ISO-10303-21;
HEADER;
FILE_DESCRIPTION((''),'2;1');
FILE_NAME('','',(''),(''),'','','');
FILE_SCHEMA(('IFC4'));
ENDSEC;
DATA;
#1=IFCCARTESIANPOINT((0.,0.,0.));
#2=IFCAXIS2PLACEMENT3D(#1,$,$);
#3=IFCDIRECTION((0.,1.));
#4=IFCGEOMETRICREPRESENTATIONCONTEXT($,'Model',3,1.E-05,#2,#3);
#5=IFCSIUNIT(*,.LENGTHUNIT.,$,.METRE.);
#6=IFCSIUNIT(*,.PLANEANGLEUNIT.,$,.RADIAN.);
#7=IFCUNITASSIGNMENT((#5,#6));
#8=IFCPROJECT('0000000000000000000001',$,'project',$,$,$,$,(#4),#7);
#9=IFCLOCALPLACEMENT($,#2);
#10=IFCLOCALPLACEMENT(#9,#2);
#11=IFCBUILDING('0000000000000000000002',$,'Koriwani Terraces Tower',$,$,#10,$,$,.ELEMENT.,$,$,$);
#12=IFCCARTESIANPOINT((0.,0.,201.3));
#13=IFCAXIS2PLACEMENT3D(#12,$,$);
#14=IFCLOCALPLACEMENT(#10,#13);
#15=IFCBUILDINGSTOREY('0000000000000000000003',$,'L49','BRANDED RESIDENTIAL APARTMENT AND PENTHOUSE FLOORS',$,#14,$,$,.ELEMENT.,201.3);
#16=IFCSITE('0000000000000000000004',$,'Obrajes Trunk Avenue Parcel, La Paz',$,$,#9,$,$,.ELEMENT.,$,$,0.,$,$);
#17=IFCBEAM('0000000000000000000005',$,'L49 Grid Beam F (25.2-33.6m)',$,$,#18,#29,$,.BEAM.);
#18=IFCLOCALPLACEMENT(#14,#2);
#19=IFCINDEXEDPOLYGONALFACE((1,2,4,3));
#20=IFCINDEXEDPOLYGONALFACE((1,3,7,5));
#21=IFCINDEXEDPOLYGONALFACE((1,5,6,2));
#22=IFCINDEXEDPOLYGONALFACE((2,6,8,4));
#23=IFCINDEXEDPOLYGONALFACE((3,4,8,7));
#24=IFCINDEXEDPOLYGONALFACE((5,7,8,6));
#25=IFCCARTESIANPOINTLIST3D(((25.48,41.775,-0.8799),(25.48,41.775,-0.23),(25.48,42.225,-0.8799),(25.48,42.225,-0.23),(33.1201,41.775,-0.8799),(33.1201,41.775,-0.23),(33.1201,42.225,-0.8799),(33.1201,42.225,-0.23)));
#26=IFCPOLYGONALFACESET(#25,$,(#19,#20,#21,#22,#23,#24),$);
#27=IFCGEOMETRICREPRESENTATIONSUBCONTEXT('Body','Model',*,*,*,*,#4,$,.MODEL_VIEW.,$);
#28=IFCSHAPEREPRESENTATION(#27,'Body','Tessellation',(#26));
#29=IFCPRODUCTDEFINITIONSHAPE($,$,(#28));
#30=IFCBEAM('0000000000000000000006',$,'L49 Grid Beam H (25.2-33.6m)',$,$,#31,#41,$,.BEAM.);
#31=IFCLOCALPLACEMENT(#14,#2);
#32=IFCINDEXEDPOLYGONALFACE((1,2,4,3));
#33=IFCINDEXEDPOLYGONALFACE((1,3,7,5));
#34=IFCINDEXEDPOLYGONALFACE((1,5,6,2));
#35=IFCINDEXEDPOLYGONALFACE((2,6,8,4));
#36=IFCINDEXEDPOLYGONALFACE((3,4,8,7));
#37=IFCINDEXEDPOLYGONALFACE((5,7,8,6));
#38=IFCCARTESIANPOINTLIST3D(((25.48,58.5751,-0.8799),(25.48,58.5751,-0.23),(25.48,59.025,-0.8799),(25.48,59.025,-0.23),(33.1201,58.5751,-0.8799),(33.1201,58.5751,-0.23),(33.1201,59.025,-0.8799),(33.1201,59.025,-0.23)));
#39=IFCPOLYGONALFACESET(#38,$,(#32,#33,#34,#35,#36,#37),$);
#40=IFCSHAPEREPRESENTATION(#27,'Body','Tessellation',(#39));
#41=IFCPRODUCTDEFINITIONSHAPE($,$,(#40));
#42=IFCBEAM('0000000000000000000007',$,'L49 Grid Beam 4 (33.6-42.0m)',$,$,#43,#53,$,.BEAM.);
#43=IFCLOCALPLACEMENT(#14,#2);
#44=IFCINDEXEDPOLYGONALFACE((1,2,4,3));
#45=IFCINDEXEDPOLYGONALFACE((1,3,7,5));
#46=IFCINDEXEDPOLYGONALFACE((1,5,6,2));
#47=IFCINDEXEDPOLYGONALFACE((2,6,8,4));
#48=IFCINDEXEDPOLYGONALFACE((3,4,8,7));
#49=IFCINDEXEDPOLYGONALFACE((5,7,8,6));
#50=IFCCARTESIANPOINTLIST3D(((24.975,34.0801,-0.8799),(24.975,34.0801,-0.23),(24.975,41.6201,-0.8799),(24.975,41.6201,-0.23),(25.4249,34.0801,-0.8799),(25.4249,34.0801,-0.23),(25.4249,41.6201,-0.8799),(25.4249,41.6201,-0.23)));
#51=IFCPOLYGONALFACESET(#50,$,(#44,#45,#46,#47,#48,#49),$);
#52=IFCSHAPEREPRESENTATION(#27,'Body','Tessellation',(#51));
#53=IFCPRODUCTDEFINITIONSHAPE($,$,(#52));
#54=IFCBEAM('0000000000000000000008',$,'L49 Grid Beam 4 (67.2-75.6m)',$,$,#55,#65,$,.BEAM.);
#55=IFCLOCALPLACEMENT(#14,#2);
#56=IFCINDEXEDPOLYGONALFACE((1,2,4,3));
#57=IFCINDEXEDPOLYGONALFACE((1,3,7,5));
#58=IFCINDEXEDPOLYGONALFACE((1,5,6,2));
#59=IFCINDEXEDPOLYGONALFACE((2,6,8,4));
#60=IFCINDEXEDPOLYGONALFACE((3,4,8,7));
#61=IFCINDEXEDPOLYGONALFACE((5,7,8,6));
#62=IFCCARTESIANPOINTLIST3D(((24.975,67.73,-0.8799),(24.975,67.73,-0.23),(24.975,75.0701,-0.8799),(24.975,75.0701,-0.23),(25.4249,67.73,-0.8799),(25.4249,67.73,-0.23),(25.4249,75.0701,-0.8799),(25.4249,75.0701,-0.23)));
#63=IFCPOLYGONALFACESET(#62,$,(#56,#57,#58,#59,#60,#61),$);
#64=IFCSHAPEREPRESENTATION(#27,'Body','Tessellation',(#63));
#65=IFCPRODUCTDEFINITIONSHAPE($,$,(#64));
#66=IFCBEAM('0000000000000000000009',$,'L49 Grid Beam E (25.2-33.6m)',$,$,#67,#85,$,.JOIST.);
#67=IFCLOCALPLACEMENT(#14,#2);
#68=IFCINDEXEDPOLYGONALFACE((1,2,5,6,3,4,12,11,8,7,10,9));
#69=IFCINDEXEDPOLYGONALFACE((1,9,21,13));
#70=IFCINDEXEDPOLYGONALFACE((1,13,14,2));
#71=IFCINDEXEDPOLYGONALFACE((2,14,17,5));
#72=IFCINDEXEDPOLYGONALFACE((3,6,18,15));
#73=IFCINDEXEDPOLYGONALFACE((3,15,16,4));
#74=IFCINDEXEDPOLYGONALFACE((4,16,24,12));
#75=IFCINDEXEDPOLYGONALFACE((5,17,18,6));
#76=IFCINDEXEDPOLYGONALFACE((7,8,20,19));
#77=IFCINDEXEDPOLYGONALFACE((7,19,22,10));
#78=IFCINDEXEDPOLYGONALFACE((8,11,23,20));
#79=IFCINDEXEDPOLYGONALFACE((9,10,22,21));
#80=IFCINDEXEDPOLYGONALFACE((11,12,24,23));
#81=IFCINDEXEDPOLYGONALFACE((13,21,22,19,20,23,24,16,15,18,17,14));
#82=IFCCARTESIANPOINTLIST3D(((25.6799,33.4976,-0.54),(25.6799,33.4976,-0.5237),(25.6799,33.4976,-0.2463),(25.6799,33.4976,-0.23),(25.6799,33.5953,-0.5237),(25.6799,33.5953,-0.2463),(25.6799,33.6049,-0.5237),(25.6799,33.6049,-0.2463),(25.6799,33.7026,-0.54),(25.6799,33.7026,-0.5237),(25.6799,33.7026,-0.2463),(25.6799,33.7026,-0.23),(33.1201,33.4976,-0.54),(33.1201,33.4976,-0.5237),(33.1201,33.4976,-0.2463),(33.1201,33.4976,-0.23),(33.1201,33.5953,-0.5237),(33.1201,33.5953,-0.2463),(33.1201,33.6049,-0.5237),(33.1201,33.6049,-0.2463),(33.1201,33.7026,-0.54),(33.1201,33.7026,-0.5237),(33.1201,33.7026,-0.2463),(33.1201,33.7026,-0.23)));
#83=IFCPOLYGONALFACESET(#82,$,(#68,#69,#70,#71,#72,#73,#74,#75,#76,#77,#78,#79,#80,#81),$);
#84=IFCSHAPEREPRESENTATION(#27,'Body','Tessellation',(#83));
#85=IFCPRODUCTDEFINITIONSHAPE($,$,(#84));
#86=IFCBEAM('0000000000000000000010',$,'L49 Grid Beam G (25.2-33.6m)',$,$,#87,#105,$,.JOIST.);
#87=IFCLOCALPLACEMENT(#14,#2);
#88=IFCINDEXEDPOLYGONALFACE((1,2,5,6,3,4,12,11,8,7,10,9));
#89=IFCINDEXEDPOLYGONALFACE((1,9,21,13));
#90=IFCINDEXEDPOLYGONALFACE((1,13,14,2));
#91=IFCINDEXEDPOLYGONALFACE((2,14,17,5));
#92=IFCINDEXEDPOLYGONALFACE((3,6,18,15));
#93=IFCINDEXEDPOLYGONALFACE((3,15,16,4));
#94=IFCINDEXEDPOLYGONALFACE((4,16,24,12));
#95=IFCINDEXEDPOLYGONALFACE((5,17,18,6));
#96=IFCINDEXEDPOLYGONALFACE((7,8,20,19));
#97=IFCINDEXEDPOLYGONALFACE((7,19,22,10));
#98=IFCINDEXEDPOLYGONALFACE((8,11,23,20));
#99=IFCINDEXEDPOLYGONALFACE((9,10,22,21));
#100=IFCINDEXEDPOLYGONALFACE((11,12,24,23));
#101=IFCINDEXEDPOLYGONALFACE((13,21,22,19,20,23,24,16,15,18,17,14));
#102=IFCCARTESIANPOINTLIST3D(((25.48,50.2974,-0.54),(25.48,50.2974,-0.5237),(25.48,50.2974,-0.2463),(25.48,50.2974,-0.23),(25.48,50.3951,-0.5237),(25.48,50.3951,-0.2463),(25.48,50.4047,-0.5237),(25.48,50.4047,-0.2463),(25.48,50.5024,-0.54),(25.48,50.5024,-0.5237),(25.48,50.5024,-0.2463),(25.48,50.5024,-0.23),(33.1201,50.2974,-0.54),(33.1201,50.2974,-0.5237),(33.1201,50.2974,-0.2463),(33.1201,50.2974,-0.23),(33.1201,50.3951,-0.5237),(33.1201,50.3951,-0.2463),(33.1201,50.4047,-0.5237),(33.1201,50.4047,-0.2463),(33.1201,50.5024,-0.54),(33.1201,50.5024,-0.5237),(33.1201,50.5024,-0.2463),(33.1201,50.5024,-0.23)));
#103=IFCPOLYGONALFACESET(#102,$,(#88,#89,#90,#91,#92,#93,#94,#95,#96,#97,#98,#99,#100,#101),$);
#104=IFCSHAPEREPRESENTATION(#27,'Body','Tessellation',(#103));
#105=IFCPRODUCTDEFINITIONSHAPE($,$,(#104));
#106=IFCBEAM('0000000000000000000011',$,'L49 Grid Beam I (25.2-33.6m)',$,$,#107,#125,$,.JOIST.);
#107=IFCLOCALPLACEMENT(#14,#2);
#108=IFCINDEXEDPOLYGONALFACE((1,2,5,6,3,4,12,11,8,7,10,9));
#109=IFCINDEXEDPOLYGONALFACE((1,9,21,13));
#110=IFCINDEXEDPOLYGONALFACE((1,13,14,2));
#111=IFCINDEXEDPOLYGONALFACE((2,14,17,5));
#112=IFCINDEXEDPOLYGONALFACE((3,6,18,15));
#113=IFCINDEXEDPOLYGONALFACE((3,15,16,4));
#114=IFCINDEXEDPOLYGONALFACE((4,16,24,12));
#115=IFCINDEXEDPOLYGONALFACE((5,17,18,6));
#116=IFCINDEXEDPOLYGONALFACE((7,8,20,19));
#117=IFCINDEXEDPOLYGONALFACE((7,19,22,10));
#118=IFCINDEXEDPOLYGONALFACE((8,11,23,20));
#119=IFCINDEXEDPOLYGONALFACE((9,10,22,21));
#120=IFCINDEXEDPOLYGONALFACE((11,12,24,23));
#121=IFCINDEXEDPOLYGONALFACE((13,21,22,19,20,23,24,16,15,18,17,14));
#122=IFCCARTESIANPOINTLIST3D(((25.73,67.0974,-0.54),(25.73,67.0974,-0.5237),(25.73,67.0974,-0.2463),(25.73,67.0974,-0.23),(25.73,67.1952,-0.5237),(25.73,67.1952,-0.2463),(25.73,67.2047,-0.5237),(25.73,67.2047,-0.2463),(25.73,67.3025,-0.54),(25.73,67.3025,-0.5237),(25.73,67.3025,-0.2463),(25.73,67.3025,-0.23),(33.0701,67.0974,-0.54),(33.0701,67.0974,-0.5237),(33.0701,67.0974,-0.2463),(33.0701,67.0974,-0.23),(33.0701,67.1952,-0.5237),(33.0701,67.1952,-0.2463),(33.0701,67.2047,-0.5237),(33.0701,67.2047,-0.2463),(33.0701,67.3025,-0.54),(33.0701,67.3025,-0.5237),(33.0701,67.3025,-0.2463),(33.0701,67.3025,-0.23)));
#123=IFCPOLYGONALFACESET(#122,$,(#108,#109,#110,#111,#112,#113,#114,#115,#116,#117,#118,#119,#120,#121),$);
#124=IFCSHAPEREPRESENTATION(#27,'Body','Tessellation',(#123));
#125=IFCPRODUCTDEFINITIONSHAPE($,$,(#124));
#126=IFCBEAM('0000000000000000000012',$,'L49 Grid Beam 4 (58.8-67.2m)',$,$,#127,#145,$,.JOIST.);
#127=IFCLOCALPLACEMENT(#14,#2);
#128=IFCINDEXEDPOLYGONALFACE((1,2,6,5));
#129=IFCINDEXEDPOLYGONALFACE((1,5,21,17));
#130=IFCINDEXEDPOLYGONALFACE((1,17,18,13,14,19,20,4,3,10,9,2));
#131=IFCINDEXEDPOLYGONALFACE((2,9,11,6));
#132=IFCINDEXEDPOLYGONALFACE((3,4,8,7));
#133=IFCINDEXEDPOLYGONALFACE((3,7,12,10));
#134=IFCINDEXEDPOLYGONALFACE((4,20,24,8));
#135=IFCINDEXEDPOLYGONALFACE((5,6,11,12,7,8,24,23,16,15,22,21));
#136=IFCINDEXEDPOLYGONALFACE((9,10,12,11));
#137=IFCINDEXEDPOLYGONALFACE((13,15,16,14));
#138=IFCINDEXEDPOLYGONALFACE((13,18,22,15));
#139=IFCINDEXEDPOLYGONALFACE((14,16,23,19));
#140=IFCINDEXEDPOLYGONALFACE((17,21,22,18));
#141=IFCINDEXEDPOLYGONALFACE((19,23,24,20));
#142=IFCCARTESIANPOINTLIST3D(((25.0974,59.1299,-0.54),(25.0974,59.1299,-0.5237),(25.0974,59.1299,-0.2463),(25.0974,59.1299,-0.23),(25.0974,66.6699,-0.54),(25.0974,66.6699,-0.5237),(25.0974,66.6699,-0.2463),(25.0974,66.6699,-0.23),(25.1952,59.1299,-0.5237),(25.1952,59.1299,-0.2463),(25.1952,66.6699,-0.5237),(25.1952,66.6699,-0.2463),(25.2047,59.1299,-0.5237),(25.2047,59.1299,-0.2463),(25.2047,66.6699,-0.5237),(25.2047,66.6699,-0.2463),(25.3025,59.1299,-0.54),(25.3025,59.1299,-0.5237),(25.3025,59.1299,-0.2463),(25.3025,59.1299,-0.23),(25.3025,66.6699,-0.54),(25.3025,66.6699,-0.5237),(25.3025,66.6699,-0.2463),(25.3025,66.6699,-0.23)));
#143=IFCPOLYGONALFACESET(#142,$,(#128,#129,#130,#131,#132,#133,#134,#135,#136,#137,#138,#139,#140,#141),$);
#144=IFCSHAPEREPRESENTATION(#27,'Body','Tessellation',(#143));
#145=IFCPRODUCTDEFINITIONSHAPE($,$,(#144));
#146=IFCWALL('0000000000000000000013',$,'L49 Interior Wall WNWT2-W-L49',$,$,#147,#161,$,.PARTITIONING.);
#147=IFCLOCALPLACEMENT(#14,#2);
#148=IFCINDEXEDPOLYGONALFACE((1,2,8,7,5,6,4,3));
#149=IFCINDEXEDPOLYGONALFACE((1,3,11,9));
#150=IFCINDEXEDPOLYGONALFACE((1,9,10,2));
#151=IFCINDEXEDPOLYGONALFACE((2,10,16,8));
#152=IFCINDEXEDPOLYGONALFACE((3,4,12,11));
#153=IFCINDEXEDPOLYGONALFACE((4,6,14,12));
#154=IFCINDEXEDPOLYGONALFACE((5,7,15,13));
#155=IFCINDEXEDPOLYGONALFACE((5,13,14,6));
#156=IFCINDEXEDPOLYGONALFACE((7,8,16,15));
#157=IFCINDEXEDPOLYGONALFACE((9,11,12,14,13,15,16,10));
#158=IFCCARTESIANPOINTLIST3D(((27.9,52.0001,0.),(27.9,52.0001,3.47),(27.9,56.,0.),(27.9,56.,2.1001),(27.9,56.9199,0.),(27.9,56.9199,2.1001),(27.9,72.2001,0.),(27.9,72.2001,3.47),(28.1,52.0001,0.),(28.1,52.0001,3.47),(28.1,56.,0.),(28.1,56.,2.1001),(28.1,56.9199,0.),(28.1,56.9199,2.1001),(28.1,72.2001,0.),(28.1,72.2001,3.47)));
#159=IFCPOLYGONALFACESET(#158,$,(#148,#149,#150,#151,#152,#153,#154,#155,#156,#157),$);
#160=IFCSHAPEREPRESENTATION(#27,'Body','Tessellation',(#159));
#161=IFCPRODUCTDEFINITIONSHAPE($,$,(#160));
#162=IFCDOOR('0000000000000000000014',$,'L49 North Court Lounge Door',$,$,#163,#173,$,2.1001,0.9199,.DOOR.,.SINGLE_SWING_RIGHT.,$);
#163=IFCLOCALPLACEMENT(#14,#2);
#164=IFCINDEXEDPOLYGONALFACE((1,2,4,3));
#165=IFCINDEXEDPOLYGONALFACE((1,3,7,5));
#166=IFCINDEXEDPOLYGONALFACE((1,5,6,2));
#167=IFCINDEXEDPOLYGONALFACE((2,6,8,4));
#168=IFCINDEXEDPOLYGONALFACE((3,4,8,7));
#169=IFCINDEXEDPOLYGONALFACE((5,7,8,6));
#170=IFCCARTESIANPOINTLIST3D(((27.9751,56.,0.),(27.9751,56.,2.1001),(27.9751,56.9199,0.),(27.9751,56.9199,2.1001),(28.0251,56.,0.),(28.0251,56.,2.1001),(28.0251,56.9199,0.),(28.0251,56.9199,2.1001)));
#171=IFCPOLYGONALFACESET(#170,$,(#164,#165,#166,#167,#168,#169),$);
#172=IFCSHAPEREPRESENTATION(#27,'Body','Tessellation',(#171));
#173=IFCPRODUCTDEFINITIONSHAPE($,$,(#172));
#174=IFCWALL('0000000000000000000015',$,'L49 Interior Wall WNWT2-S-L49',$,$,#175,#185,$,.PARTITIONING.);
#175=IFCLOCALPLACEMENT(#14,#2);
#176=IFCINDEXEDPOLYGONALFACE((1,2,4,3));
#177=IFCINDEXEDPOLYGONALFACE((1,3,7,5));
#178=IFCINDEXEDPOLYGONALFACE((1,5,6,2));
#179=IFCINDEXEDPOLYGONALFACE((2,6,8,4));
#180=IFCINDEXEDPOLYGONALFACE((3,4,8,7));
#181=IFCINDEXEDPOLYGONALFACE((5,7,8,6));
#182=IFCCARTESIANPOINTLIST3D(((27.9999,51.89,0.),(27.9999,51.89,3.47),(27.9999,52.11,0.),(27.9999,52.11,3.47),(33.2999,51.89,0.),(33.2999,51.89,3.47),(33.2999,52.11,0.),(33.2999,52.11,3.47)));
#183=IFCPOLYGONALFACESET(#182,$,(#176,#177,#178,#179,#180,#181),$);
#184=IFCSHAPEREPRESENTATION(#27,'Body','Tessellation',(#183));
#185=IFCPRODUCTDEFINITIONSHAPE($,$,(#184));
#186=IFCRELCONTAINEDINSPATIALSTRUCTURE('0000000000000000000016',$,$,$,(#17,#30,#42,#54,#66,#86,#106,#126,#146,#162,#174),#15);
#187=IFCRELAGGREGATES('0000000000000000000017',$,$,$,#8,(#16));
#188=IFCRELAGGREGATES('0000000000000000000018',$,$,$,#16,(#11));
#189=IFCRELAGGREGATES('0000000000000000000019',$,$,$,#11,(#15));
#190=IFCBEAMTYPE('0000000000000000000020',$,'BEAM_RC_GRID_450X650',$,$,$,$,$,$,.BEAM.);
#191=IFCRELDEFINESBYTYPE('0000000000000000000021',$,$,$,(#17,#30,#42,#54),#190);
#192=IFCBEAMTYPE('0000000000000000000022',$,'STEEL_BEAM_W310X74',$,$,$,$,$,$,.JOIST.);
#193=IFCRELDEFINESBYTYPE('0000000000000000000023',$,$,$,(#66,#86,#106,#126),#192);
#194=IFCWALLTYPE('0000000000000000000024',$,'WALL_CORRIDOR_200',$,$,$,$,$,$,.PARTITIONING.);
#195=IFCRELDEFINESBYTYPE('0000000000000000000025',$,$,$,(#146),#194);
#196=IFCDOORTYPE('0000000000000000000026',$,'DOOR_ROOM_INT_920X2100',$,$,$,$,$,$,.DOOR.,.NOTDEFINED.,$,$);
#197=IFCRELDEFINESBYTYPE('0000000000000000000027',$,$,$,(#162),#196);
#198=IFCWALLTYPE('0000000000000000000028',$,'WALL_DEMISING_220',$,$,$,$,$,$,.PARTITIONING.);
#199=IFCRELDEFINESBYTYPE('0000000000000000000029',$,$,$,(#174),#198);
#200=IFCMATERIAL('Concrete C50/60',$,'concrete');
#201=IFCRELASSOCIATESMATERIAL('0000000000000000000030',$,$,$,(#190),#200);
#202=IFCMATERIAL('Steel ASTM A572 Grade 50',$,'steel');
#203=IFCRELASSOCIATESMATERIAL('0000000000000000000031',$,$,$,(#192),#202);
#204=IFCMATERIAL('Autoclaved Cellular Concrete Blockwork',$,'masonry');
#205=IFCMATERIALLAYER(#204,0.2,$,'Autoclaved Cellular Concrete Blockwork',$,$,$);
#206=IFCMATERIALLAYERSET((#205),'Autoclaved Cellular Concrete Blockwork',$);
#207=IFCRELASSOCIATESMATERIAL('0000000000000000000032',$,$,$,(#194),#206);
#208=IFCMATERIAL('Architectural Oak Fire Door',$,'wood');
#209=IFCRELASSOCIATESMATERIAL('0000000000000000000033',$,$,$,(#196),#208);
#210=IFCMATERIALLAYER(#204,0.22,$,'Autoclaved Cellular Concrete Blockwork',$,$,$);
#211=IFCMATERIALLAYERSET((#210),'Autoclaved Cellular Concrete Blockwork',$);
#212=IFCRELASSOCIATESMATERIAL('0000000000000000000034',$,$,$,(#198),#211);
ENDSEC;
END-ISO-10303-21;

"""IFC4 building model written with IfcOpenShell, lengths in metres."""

from ifc_helpers import new_model, si_unit, direction, frame, frame_2d, origin, origin_2d, place, context, subcontext, project, spatial, rectangle, i_section, extrude, material, layer, layer_set, material_profile, profile_set, type_object, element, fill, save


model = new_model("IFC4")

# Units and contexts
model_context = context("Model", 3, precision=1e-05, world=origin(), true_north=direction((0.0, 1.0)))
body_context = subcontext(model_context, "Body", "Model", "MODEL_VIEW")
ifc_project = project(units=[si_unit("LENGTHUNIT", "METRE"), si_unit("PLANEANGLEUNIT", "RADIAN")], contexts=[model_context])

# Site, building, storey
site_placement = place(None, origin())
site = spatial("IfcSite", under=ifc_project, at=site_placement, Name="Obrajes Trunk Avenue Parcel, La Paz", CompositionType="ELEMENT", RefElevation=0.0)
building_placement = place(site_placement, origin())
building = spatial("IfcBuilding", under=site, at=building_placement, Name="Koriwani Terraces Tower", CompositionType="ELEMENT")
storey_placement = place(building_placement, frame((0.0, 0.0, 201.3)))
storey = spatial("IfcBuildingStorey", under=building, at=storey_placement, Name="L49", Description="BRANDED RESIDENTIAL APARTMENT AND PENTHOUSE FLOORS", CompositionType="ELEMENT", Elevation=201.3)

# Beams
ifc_material_1 = material(Name="Concrete C50/60", Category="concrete")
ifc_material_profile_1 = material_profile(ifc_material_1, rectangle(XDim=0.45, YDim=0.6499, at=origin_2d()), Name="Concrete C50/60", Category="LoadBearing")
ifc_profile_set_1 = profile_set([ifc_material_profile_1], Name="Concrete C50/60")
beam_type_1 = type_object("IfcBeamType", Name="BEAM_RC_GRID_450X650", PredefinedType="BEAM", material=ifc_profile_set_1)
for number, where, z_axis, x_axis, name in (
    (1, (25.48, 42.0, -0.5549), (1.0, 0.0, 0.0), (0.0, 1.0, 0.0), "L49 Grid Beam F (25.2-33.6m)"),
    (2, (25.48, 58.8, -0.5549), (1.0, 0.0, 0.0), (0.0, 1.0, 0.0), "L49 Grid Beam H (25.2-33.6m)"),
):
    element("IfcBeam", number, at=place(storey_placement, frame(where, z_axis=z_axis, x_axis=x_axis)), inside=storey, type_object=beam_type_1, Name=name, PredefinedType="BEAM", context=body_context, shape_type="SweptSolid", body=[
        extrude(rectangle(XDim=0.45, YDim=0.6499, at=origin_2d()), origin(), (0.0, 0.0, 1.0), 7.6401),
    ])
beam_1_placement = place(storey_placement, frame((25.2, 34.0801, -0.5549), z_axis=(0.0, 1.0, 0.0), x_axis=(-1.0, 0.0, 0.0)))
element("IfcBeam", 3, at=beam_1_placement, inside=storey, type_object=beam_type_1, Name="L49 Grid Beam 4 (33.6-42.0m)", PredefinedType="BEAM", context=body_context, shape_type="SweptSolid", body=[
    extrude(rectangle(XDim=0.45, YDim=0.6499, at=origin_2d()), origin(), (0.0, 0.0, 1.0), 7.54),
])
beam_2_placement = place(storey_placement, frame((25.2, 67.73, -0.5549), z_axis=(0.0, 1.0, 0.0), x_axis=(-1.0, 0.0, 0.0)))
element("IfcBeam", 4, at=beam_2_placement, inside=storey, type_object=beam_type_1, Name="L49 Grid Beam 4 (67.2-75.6m)", PredefinedType="BEAM", context=body_context, shape_type="SweptSolid", body=[
    extrude(rectangle(XDim=0.45, YDim=0.6499, at=origin_2d()), origin(), (0.0, 0.0, 1.0), 7.3401),
])
ifc_material_2 = material(Name="Steel ASTM A572 Grade 50", Category="steel")
ifc_material_profile_2 = material_profile(ifc_material_2, i_section(OverallWidth=0.2051, OverallDepth=0.3101, WebThickness=0.0095, FlangeThickness=0.0164, at=origin_2d()), Name="Steel ASTM A572 Grade 50", Category="LoadBearing")
ifc_profile_set_2 = profile_set([ifc_material_profile_2], Name="Steel ASTM A572 Grade 50")
beam_type_2 = type_object("IfcBeamType", Name="STEEL_BEAM_W310X74", PredefinedType="JOIST", material=ifc_profile_set_2)
beam_3_placement = place(storey_placement, frame((25.6799, 33.6001, -0.385), z_axis=(1.0, 0.0, 0.0), x_axis=(0.0, 1.0, 0.0)))
element("IfcBeam", 5, at=beam_3_placement, inside=storey, type_object=beam_type_2, Name="L49 Grid Beam E (25.2-33.6m)", PredefinedType="JOIST", context=body_context, shape_type="SweptSolid", body=[
    extrude(i_section(OverallWidth=0.2051, OverallDepth=0.3101, WebThickness=0.0095, FlangeThickness=0.0164, at=origin_2d()), origin(), (0.0, 0.0, 1.0), 7.4402),
])
beam_4_placement = place(storey_placement, frame((25.48, 50.3999, -0.385), z_axis=(1.0, 0.0, 0.0), x_axis=(0.0, 1.0, 0.0)))
element("IfcBeam", 6, at=beam_4_placement, inside=storey, type_object=beam_type_2, Name="L49 Grid Beam G (25.2-33.6m)", PredefinedType="JOIST", context=body_context, shape_type="SweptSolid", body=[
    extrude(i_section(OverallWidth=0.2051, OverallDepth=0.3101, WebThickness=0.0095, FlangeThickness=0.0164, at=origin_2d()), origin(), (0.0, 0.0, 1.0), 7.6401),
])
beam_5_placement = place(storey_placement, frame((25.73, 67.2, -0.385), z_axis=(1.0, 0.0, 0.0), x_axis=(0.0, 1.0, 0.0)))
element("IfcBeam", 7, at=beam_5_placement, inside=storey, type_object=beam_type_2, Name="L49 Grid Beam I (25.2-33.6m)", PredefinedType="JOIST", context=body_context, shape_type="SweptSolid", body=[
    extrude(i_section(OverallWidth=0.2051, OverallDepth=0.3101, WebThickness=0.0095, FlangeThickness=0.0164, at=origin_2d()), origin(), (0.0, 0.0, 1.0), 7.3401),
])
beam_6_placement = place(storey_placement, frame((25.2, 59.1299, -0.385), z_axis=(0.0, 1.0, 0.0), x_axis=(-1.0, 0.0, 0.0)))
element("IfcBeam", 8, at=beam_6_placement, inside=storey, type_object=beam_type_2, Name="L49 Grid Beam 4 (58.8-67.2m)", PredefinedType="JOIST", context=body_context, shape_type="SweptSolid", body=[
    extrude(i_section(OverallWidth=0.2051, OverallDepth=0.3101, WebThickness=0.0095, FlangeThickness=0.0164, at=origin_2d()), origin(), (0.0, 0.0, 1.0), 7.54),
])

# Wall, opening, door
ifc_material_3 = material(Name="Autoclaved Cellular Concrete Blockwork", Category="masonry")
ifc_layer_1 = layer(ifc_material_3, 0.2, Name="Autoclaved Cellular Concrete Blockwork")
ifc_layer_set_1 = layer_set([ifc_layer_1], Name="Autoclaved Cellular Concrete Blockwork")
wall_type_1 = type_object("IfcWallType", Name="WALL_CORRIDOR_200", PredefinedType="PARTITIONING", material=ifc_layer_set_1)
wall_1_placement = place(storey_placement, frame((28.0, 52.0, 0.0), z_axis=(0.0, 0.0, 1.0), x_axis=(0.0, 1.0, 0.0)))
wall_1 = element("IfcWall", 9, at=wall_1_placement, inside=storey, type_object=wall_type_1, Name="L49 Interior Wall WNWT2-W-L49", PredefinedType="PARTITIONING", context=body_context, shape_type="SweptSolid", body=[
    extrude(rectangle(XDim=20.2, YDim=0.2, at=frame_2d((10.1001, 0.0))), origin(), (0.0, 0.0, 1.0), 3.47),
])
opening_1_placement = place(wall_1_placement, frame((4.0, 0.0, 0.0)))
opening_1 = element("IfcOpeningElement", 10, at=opening_1_placement, cuts=wall_1, PredefinedType="OPENING", context=body_context, shape_type="SweptSolid", body=[
    extrude(rectangle(XDim=0.9199, YDim=2.1001, at=frame_2d((0.46, 1.05))), frame((0.0, 0.1099, 0.0), z_axis=(0.0, -1.0, 0.0), x_axis=(1.0, 0.0, 0.0)), (0.0, 0.0, 1.0), 0.22),
])
ifc_material_4 = material(Name="Architectural Oak Fire Door", Category="wood")
door_type_1 = type_object("IfcDoorType", Name="DOOR_ROOM_INT_920X2100", OperationType="NOTDEFINED", PredefinedType="DOOR", material=ifc_material_4)
door_1_placement = place(opening_1_placement, origin())
door_1 = element("IfcDoor", 11, at=door_1_placement, inside=storey, type_object=door_type_1, Name="L49 North Court Lounge Door", OperationType="SINGLE_SWING_RIGHT", OverallHeight=2.1001, OverallWidth=0.9199, PredefinedType="DOOR", context=body_context, shape_type="SweptSolid", body=[
    extrude(rectangle(XDim=0.9199, YDim=2.1001, at=frame_2d((0.46, 1.05))), frame((0.0, 0.0249, 0.0), z_axis=(0.0, -1.0, 0.0), x_axis=(1.0, 0.0, 0.0)), (0.0, 0.0, 1.0), 0.05),
])
fill(opening_1, door_1)

# Wall
ifc_layer_2 = layer(ifc_material_3, 0.22, Name="Autoclaved Cellular Concrete Blockwork")
ifc_layer_set_2 = layer_set([ifc_layer_2], Name="Autoclaved Cellular Concrete Blockwork")
wall_type_2 = type_object("IfcWallType", Name="WALL_DEMISING_220", PredefinedType="PARTITIONING", material=ifc_layer_set_2)
wall_2_placement = place(storey_placement, frame((28.0, 52.0, 0.0), z_axis=(0.0, 0.0, 1.0), x_axis=(1.0, 0.0, 0.0)))
element("IfcWall", 12, at=wall_2_placement, inside=storey, type_object=wall_type_2, Name="L49 Interior Wall WNWT2-S-L49", PredefinedType="PARTITIONING", context=body_context, shape_type="SweptSolid", body=[
    extrude(rectangle(XDim=5.3, YDim=0.22, at=frame_2d((2.6499, 0.0))), origin(), (0.0, 0.0, 1.0), 3.47),
])

save(model, "model.ifc")
